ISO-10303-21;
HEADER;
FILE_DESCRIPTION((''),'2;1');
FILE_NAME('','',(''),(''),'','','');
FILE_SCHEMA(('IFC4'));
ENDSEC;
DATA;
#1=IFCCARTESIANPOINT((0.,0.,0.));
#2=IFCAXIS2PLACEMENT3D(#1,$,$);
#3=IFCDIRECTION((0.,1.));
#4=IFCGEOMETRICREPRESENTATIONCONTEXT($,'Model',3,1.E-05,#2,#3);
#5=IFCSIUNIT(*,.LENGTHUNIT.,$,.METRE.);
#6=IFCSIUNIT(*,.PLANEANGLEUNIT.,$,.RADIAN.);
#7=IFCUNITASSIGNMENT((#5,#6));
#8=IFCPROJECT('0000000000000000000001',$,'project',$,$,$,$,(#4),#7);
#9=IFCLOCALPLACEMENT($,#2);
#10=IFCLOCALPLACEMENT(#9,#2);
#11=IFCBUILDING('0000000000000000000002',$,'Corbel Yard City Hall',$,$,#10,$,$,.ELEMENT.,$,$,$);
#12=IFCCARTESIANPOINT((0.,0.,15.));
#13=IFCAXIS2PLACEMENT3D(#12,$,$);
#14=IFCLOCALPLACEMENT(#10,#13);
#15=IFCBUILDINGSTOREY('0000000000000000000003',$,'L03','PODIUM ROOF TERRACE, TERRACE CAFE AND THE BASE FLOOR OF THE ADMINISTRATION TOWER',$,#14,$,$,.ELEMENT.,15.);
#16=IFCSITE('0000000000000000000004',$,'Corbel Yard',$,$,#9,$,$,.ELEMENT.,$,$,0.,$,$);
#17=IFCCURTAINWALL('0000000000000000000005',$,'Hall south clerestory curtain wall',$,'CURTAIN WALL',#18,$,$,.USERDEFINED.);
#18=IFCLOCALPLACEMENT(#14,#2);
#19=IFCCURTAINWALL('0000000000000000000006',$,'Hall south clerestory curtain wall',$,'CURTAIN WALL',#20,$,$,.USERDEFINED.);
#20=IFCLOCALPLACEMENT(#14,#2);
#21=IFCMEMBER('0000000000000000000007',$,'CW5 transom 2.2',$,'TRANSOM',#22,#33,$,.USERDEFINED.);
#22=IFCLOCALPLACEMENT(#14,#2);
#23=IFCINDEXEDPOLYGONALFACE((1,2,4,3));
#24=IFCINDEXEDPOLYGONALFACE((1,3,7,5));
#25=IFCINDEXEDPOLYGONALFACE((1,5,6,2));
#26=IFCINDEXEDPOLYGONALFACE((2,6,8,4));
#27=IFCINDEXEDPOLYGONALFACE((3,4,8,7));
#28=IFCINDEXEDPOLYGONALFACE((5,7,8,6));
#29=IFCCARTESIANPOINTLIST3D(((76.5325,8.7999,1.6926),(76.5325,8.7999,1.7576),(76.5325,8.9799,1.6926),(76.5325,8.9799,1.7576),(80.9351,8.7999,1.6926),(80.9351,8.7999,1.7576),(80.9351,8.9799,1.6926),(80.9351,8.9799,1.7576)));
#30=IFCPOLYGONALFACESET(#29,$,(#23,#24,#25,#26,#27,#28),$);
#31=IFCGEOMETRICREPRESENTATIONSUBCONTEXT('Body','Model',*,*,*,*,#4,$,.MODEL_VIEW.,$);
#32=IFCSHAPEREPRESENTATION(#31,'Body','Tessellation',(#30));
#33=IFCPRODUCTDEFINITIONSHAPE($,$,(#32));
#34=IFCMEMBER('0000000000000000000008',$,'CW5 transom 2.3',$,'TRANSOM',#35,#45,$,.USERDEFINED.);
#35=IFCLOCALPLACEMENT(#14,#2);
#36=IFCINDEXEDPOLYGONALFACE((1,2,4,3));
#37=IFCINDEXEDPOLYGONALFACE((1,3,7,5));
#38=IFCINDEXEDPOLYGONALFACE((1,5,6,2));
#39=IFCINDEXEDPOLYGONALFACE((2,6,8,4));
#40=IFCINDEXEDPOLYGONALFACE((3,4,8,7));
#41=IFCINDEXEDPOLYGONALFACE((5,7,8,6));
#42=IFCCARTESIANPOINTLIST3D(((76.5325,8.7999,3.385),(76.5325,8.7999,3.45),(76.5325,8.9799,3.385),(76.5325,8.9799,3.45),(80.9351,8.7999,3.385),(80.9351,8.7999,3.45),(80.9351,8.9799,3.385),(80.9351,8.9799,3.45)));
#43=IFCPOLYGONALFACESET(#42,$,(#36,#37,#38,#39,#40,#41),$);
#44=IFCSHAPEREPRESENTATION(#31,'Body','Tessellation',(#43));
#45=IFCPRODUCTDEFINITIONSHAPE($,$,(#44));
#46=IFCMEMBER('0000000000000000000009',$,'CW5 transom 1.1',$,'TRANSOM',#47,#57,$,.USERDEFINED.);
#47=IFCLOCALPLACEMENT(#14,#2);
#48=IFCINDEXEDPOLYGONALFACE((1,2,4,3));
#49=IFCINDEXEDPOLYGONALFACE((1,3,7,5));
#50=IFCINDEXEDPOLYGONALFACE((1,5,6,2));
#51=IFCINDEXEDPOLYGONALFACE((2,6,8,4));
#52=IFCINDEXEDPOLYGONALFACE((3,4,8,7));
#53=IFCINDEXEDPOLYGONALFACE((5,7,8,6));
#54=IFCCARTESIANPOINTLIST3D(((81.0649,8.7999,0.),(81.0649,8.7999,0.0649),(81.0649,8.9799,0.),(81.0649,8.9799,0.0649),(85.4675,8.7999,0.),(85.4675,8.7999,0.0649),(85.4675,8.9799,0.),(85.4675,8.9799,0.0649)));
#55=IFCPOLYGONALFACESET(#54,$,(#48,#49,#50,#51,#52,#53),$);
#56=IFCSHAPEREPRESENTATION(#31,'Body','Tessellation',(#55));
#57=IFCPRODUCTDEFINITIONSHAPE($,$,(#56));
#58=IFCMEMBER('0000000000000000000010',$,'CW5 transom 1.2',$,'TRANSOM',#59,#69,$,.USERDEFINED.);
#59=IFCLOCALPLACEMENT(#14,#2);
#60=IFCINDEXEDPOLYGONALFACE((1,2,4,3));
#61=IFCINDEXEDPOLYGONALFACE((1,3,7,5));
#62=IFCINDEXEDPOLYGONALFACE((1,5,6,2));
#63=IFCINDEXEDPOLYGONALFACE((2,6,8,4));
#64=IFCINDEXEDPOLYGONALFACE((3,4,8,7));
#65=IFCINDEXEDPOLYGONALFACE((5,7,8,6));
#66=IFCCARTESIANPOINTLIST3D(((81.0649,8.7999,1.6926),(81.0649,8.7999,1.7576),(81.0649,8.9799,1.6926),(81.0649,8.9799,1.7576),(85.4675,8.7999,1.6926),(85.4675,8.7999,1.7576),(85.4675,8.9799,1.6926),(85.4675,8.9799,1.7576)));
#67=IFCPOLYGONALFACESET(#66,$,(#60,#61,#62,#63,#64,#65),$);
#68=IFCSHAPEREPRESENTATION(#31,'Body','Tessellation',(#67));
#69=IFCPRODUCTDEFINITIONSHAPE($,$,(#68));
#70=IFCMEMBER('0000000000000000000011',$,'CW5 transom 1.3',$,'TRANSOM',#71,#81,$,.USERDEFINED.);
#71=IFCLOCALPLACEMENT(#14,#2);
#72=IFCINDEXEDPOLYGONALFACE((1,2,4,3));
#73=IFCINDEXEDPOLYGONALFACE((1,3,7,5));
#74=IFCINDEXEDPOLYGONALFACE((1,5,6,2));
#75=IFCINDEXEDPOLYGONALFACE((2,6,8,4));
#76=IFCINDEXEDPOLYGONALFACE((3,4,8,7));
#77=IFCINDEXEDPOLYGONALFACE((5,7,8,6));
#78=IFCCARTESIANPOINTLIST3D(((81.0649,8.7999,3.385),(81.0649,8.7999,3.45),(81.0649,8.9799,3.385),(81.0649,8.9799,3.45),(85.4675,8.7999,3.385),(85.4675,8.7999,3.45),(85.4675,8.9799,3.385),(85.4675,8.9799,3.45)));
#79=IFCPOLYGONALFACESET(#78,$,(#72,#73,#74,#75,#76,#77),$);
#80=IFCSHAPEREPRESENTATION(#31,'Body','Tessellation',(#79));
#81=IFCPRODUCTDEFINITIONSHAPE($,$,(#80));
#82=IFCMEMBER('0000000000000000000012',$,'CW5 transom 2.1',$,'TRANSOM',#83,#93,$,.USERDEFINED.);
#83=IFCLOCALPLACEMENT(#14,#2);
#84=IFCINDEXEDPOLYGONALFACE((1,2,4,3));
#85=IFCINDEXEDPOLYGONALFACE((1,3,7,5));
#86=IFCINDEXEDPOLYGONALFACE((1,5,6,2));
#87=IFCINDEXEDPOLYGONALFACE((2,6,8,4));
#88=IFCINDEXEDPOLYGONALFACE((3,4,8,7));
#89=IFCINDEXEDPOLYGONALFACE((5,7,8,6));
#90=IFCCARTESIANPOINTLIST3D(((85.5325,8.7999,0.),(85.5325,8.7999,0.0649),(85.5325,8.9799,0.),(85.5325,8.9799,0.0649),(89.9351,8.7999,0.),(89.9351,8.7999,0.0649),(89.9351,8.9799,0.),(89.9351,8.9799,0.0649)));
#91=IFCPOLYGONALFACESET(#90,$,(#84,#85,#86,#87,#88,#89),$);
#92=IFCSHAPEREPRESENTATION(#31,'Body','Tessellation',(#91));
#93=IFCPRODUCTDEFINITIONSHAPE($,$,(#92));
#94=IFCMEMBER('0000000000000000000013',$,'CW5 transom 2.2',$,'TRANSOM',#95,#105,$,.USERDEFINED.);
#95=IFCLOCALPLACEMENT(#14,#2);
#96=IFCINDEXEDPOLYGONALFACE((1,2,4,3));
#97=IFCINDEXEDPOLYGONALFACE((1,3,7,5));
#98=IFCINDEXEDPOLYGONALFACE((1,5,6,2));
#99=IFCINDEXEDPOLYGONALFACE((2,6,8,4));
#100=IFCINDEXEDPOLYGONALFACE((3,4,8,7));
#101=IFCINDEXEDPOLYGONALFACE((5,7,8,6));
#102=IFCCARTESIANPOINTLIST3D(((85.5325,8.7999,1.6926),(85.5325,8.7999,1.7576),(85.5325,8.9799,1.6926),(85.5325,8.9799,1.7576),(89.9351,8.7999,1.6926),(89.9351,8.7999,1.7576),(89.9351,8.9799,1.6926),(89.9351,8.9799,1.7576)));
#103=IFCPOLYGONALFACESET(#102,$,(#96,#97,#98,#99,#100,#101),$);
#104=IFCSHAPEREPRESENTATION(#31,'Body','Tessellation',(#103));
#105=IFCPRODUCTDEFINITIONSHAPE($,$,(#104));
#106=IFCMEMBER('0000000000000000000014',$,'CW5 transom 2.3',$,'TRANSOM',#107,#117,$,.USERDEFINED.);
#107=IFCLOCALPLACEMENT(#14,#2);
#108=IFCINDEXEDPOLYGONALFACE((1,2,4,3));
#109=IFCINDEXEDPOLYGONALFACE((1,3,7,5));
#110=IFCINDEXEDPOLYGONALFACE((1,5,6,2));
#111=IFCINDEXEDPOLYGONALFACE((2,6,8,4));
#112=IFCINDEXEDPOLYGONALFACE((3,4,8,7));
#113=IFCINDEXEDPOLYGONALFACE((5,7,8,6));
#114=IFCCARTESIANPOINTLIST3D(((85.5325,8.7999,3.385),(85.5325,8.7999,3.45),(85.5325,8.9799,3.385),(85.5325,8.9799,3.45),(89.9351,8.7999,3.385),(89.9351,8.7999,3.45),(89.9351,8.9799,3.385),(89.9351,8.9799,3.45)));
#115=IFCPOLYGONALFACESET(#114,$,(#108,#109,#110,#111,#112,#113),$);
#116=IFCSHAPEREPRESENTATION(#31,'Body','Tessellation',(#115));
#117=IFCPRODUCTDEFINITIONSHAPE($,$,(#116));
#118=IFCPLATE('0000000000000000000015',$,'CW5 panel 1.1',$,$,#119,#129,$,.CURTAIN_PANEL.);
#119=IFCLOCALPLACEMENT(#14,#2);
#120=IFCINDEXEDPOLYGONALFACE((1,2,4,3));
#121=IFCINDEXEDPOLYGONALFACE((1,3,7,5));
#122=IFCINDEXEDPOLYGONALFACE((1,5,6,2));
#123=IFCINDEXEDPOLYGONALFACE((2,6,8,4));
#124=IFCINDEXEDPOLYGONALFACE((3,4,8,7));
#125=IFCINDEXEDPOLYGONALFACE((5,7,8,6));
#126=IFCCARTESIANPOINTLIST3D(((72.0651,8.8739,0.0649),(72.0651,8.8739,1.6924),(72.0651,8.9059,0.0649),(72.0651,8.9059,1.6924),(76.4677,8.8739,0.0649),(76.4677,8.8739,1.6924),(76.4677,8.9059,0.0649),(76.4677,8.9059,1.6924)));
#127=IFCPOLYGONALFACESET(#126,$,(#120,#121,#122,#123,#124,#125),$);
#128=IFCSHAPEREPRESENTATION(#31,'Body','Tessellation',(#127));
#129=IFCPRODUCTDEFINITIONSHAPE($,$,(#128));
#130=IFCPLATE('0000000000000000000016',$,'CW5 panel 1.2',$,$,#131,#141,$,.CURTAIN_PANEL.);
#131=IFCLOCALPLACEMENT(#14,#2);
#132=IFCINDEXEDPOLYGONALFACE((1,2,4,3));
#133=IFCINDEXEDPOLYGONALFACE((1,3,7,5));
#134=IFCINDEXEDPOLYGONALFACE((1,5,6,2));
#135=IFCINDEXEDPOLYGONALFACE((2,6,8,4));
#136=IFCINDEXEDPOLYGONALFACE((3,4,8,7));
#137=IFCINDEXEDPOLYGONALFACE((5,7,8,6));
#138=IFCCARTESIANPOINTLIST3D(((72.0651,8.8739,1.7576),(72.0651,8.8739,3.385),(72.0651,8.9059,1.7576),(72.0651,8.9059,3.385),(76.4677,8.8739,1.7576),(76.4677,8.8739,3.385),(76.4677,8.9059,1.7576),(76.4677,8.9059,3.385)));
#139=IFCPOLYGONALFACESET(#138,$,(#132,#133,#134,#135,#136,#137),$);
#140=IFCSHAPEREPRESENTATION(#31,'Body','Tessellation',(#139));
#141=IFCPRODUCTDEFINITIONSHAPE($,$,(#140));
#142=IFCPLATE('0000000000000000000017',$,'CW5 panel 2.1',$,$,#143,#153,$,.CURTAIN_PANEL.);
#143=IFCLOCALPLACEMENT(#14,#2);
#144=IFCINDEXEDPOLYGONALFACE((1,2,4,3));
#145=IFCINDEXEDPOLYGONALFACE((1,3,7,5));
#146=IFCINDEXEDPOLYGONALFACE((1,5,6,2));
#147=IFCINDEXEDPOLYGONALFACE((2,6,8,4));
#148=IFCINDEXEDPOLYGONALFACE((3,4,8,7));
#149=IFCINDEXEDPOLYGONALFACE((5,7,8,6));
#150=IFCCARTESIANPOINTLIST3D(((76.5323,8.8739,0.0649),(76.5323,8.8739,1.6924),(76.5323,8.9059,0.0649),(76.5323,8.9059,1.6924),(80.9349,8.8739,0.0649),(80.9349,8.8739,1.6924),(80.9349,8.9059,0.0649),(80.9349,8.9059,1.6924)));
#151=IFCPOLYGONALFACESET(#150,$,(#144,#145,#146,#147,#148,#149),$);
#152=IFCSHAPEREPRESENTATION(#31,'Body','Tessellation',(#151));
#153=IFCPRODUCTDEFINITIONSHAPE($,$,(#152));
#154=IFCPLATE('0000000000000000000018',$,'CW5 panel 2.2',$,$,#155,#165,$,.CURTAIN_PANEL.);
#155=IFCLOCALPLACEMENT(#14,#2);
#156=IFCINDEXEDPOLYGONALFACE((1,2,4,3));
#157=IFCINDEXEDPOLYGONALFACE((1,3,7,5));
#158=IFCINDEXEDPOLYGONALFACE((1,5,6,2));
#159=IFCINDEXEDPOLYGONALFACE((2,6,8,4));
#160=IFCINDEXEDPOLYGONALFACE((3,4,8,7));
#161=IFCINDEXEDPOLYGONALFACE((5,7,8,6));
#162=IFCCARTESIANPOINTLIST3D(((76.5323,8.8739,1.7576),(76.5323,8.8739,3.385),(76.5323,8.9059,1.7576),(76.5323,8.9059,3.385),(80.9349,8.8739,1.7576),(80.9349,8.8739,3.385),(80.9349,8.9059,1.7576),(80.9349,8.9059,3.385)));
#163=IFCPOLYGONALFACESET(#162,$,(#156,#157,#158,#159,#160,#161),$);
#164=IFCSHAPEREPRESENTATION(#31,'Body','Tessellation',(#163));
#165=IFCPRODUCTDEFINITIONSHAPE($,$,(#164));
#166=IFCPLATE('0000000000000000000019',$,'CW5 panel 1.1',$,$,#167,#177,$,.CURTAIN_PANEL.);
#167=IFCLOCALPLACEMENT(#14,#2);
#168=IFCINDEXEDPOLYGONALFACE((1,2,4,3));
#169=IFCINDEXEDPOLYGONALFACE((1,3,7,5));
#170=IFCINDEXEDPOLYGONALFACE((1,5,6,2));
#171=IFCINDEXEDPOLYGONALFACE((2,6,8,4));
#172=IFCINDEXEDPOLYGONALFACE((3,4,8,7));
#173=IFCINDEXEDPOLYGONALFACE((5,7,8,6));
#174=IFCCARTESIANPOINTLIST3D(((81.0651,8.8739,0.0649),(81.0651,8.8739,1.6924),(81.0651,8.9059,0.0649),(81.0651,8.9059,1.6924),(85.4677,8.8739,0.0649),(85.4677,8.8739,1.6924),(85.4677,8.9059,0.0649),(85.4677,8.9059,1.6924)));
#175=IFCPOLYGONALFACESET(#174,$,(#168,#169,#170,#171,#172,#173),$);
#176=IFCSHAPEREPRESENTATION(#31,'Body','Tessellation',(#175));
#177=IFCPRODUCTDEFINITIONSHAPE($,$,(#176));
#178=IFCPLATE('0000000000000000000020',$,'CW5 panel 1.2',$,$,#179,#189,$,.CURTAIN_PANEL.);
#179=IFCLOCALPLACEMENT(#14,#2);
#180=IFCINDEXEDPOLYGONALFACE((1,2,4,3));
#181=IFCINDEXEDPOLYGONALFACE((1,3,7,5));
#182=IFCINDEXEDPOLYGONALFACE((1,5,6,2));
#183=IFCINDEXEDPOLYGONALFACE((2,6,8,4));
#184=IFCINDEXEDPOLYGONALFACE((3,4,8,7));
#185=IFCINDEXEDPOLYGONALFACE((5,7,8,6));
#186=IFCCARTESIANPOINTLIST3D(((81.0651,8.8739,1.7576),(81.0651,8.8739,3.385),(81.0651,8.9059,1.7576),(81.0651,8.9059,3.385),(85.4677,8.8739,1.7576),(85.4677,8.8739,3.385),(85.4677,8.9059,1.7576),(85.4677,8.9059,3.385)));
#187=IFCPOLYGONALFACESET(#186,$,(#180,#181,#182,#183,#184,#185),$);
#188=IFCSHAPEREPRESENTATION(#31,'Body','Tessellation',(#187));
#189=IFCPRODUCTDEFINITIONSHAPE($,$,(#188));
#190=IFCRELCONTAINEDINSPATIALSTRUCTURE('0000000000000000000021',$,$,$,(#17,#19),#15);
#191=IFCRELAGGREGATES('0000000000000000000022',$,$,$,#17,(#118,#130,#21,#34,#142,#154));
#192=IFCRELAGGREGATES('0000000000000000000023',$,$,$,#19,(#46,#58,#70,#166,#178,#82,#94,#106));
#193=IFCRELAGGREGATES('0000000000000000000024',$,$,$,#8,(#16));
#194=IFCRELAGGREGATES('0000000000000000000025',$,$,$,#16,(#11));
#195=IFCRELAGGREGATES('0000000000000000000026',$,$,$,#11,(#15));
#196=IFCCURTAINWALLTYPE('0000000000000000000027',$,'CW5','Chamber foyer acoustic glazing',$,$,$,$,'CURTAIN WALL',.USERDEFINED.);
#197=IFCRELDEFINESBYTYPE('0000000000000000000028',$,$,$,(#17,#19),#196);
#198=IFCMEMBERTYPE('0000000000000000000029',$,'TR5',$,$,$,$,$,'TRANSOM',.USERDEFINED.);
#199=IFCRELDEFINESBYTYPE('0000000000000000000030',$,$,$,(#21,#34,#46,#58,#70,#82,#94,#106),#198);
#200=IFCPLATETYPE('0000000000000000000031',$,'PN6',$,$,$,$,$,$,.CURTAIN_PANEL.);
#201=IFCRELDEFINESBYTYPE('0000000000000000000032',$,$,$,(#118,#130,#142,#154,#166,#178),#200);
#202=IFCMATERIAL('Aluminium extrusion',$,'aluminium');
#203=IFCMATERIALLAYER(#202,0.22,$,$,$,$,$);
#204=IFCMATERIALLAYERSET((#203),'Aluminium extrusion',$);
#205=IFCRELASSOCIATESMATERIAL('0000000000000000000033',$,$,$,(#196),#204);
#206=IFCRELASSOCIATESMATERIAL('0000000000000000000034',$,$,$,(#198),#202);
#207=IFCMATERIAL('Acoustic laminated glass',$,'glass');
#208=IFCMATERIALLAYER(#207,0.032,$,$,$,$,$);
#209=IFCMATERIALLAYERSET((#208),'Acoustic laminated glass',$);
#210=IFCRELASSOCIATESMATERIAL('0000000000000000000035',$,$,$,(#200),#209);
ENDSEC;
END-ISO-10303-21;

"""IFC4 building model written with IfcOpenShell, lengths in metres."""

from ifc_helpers import new_model, si_unit, direction, frame, origin, origin_2d, place, context, subcontext, project, spatial, rectangle, extrude, material, layer, layer_set, material_profile, profile_set, type_object, element, aggregate, save


model = new_model("IFC4")

# Units and contexts
model_context = context("Model", 3, precision=1e-05, world=origin(), true_north=direction((0.0, 1.0)))
body_context = subcontext(model_context, "Body", "Model", "MODEL_VIEW")
ifc_project = project(units=[si_unit("LENGTHUNIT", "METRE"), si_unit("PLANEANGLEUNIT", "RADIAN")], contexts=[model_context])

# Site, building, storey
site_placement = place(None, origin())
site = spatial("IfcSite", under=ifc_project, at=site_placement, Name="Corbel Yard", CompositionType="ELEMENT", RefElevation=0.0)
building_placement = place(site_placement, origin())
building = spatial("IfcBuilding", under=site, at=building_placement, Name="Corbel Yard City Hall", CompositionType="ELEMENT")
storey_placement = place(building_placement, frame((0.0, 0.0, 15.0)))
storey = spatial("IfcBuildingStorey", under=building, at=storey_placement, Name="L03", Description="PODIUM ROOF TERRACE, TERRACE CAFE AND THE BASE FLOOR OF THE ADMINISTRATION TOWER", CompositionType="ELEMENT", Elevation=15.0)

# Curtain walls
ifc_material_1 = material(Name="Aluminium extrusion", Category="aluminium")
ifc_layer_1 = layer(ifc_material_1, 0.22)
ifc_layer_set_1 = layer_set([ifc_layer_1], Name="Aluminium extrusion")
curtain_wall_type = type_object("IfcCurtainWallType", Name="CW5", Description="Chamber foyer acoustic glazing", ElementType="CURTAIN WALL", PredefinedType="USERDEFINED", material=ifc_layer_set_1)
curtain_wall_1_placement = place(storey_placement, origin())
curtain_wall_1 = element("IfcCurtainWall", 1, at=curtain_wall_1_placement, inside=storey, type_object=curtain_wall_type, Name="Hall south clerestory curtain wall", ObjectType="CURTAIN WALL", PredefinedType="USERDEFINED")
curtain_wall_2_placement = place(storey_placement, origin())
curtain_wall_2 = element("IfcCurtainWall", 2, at=curtain_wall_2_placement, inside=storey, type_object=curtain_wall_type, Name="Hall south clerestory curtain wall", ObjectType="CURTAIN WALL", PredefinedType="USERDEFINED")

# Members
ifc_material_profile_1 = material_profile(ifc_material_1, rectangle(XDim=0.1799, YDim=0.0649, at=origin_2d()), Name="180x65")
ifc_profile_set_1 = profile_set([ifc_material_profile_1], Name="Aluminium extrusion")
member_type_1 = type_object("IfcMemberType", Name="TR5", ElementType="TRANSOM", PredefinedType="USERDEFINED", material=ifc_profile_set_1)
member_1_placement = place(storey_placement, frame((76.5325, 8.8899, 1.7251), z_axis=(1.0, 0.0, 0.0), x_axis=(0.0, 1.0, 0.0)))
member_1 = element("IfcMember", 3, at=member_1_placement, type_object=member_type_1, Name="CW5 transom 2.2", ObjectType="TRANSOM", PredefinedType="USERDEFINED", context=body_context, shape_type="SweptSolid", body=[
    extrude(rectangle(XDim=0.1799, YDim=0.0649, at=origin_2d()), origin(), (0.0, 0.0, 1.0), 4.4026),
])
member_2_placement = place(storey_placement, frame((76.5325, 8.8899, 3.4175), z_axis=(1.0, 0.0, 0.0), x_axis=(0.0, 1.0, 0.0)))
member_2 = element("IfcMember", 4, at=member_2_placement, type_object=member_type_1, Name="CW5 transom 2.3", ObjectType="TRANSOM", PredefinedType="USERDEFINED", context=body_context, shape_type="SweptSolid", body=[
    extrude(rectangle(XDim=0.1799, YDim=0.0649, at=origin_2d()), origin(), (0.0, 0.0, 1.0), 4.4026),
])
member_3_placement = place(storey_placement, frame((81.0649, 8.8899, 0.0325), z_axis=(1.0, 0.0, 0.0), x_axis=(0.0, 1.0, 0.0)))
member_3 = element("IfcMember", 5, at=member_3_placement, type_object=member_type_1, Name="CW5 transom 1.1", ObjectType="TRANSOM", PredefinedType="USERDEFINED", context=body_context, shape_type="SweptSolid", body=[
    extrude(rectangle(XDim=0.1799, YDim=0.0649, at=origin_2d()), origin(), (0.0, 0.0, 1.0), 4.4026),
])
member_4_placement = place(storey_placement, frame((81.0649, 8.8899, 1.7251), z_axis=(1.0, 0.0, 0.0), x_axis=(0.0, 1.0, 0.0)))
member_4 = element("IfcMember", 6, at=member_4_placement, type_object=member_type_1, Name="CW5 transom 1.2", ObjectType="TRANSOM", PredefinedType="USERDEFINED", context=body_context, shape_type="SweptSolid", body=[
    extrude(rectangle(XDim=0.1799, YDim=0.0649, at=origin_2d()), origin(), (0.0, 0.0, 1.0), 4.4026),
])
member_5_placement = place(storey_placement, frame((81.0649, 8.8899, 3.4175), z_axis=(1.0, 0.0, 0.0), x_axis=(0.0, 1.0, 0.0)))
member_5 = element("IfcMember", 7, at=member_5_placement, type_object=member_type_1, Name="CW5 transom 1.3", ObjectType="TRANSOM", PredefinedType="USERDEFINED", context=body_context, shape_type="SweptSolid", body=[
    extrude(rectangle(XDim=0.1799, YDim=0.0649, at=origin_2d()), origin(), (0.0, 0.0, 1.0), 4.4026),
])
member_6_placement = place(storey_placement, frame((85.5325, 8.8899, 0.0325), z_axis=(1.0, 0.0, 0.0), x_axis=(0.0, 1.0, 0.0)))
member_6 = element("IfcMember", 8, at=member_6_placement, type_object=member_type_1, Name="CW5 transom 2.1", ObjectType="TRANSOM", PredefinedType="USERDEFINED", context=body_context, shape_type="SweptSolid", body=[
    extrude(rectangle(XDim=0.1799, YDim=0.0649, at=origin_2d()), origin(), (0.0, 0.0, 1.0), 4.4026),
])
member_7_placement = place(storey_placement, frame((85.5325, 8.8899, 1.7251), z_axis=(1.0, 0.0, 0.0), x_axis=(0.0, 1.0, 0.0)))
member_7 = element("IfcMember", 9, at=member_7_placement, type_object=member_type_1, Name="CW5 transom 2.2", ObjectType="TRANSOM", PredefinedType="USERDEFINED", context=body_context, shape_type="SweptSolid", body=[
    extrude(rectangle(XDim=0.1799, YDim=0.0649, at=origin_2d()), origin(), (0.0, 0.0, 1.0), 4.4026),
])
member_8_placement = place(storey_placement, frame((85.5325, 8.8899, 3.4175), z_axis=(1.0, 0.0, 0.0), x_axis=(0.0, 1.0, 0.0)))
member_8 = element("IfcMember", 10, at=member_8_placement, type_object=member_type_1, Name="CW5 transom 2.3", ObjectType="TRANSOM", PredefinedType="USERDEFINED", context=body_context, shape_type="SweptSolid", body=[
    extrude(rectangle(XDim=0.1799, YDim=0.0649, at=origin_2d()), origin(), (0.0, 0.0, 1.0), 4.4026),
])

# Plates
ifc_material_2 = material(Name="Acoustic laminated glass", Category="glass")
ifc_layer_2 = layer(ifc_material_2, 0.032)
ifc_layer_set_2 = layer_set([ifc_layer_2], Name="Acoustic laminated glass")
plate_type = type_object("IfcPlateType", Name="PN6", PredefinedType="CURTAIN_PANEL", material=ifc_layer_set_2)
plate_1_placement = place(storey_placement, frame((74.2664, 8.8899, 0.0649), z_axis=(0.0, 0.0, 1.0), x_axis=(1.0, 0.0, 0.0)))
plate_1 = element("IfcPlate", 11, at=plate_1_placement, type_object=plate_type, Name="CW5 panel 1.1", PredefinedType="CURTAIN_PANEL", context=body_context, shape_type="SweptSolid", body=[
    extrude(rectangle(XDim=4.4026, YDim=0.032, at=origin_2d()), origin(), (0.0, 0.0, 1.0), 1.6274),
])
plate_2_placement = place(storey_placement, frame((74.2664, 8.8899, 1.7576), z_axis=(0.0, 0.0, 1.0), x_axis=(1.0, 0.0, 0.0)))
plate_2 = element("IfcPlate", 12, at=plate_2_placement, type_object=plate_type, Name="CW5 panel 1.2", PredefinedType="CURTAIN_PANEL", context=body_context, shape_type="SweptSolid", body=[
    extrude(rectangle(XDim=4.4026, YDim=0.032, at=origin_2d()), origin(), (0.0, 0.0, 1.0), 1.6274),
])
plate_3_placement = place(storey_placement, frame((78.7336, 8.8899, 0.0649), z_axis=(0.0, 0.0, 1.0), x_axis=(1.0, 0.0, 0.0)))
plate_3 = element("IfcPlate", 13, at=plate_3_placement, type_object=plate_type, Name="CW5 panel 2.1", PredefinedType="CURTAIN_PANEL", context=body_context, shape_type="SweptSolid", body=[
    extrude(rectangle(XDim=4.4026, YDim=0.032, at=origin_2d()), origin(), (0.0, 0.0, 1.0), 1.6274),
])
plate_4_placement = place(storey_placement, frame((78.7336, 8.8899, 1.7576), z_axis=(0.0, 0.0, 1.0), x_axis=(1.0, 0.0, 0.0)))
plate_4 = element("IfcPlate", 14, at=plate_4_placement, type_object=plate_type, Name="CW5 panel 2.2", PredefinedType="CURTAIN_PANEL", context=body_context, shape_type="SweptSolid", body=[
    extrude(rectangle(XDim=4.4026, YDim=0.032, at=origin_2d()), origin(), (0.0, 0.0, 1.0), 1.6274),
])
aggregate(curtain_wall_1, [plate_1, plate_2, member_1, member_2, plate_3, plate_4])
plate_5_placement = place(storey_placement, frame((83.2664, 8.8899, 0.0649), z_axis=(0.0, 0.0, 1.0), x_axis=(1.0, 0.0, 0.0)))
plate_5 = element("IfcPlate", 15, at=plate_5_placement, type_object=plate_type, Name="CW5 panel 1.1", PredefinedType="CURTAIN_PANEL", context=body_context, shape_type="SweptSolid", body=[
    extrude(rectangle(XDim=4.4026, YDim=0.032, at=origin_2d()), origin(), (0.0, 0.0, 1.0), 1.6274),
])
plate_6_placement = place(storey_placement, frame((83.2664, 8.8899, 1.7576), z_axis=(0.0, 0.0, 1.0), x_axis=(1.0, 0.0, 0.0)))
plate_6 = element("IfcPlate", 16, at=plate_6_placement, type_object=plate_type, Name="CW5 panel 1.2", PredefinedType="CURTAIN_PANEL", context=body_context, shape_type="SweptSolid", body=[
    extrude(rectangle(XDim=4.4026, YDim=0.032, at=origin_2d()), origin(), (0.0, 0.0, 1.0), 1.6274),
])
aggregate(curtain_wall_2, [member_3, member_4, member_5, plate_5, plate_6, member_6, member_7, member_8])

save(model, "model.ifc")
